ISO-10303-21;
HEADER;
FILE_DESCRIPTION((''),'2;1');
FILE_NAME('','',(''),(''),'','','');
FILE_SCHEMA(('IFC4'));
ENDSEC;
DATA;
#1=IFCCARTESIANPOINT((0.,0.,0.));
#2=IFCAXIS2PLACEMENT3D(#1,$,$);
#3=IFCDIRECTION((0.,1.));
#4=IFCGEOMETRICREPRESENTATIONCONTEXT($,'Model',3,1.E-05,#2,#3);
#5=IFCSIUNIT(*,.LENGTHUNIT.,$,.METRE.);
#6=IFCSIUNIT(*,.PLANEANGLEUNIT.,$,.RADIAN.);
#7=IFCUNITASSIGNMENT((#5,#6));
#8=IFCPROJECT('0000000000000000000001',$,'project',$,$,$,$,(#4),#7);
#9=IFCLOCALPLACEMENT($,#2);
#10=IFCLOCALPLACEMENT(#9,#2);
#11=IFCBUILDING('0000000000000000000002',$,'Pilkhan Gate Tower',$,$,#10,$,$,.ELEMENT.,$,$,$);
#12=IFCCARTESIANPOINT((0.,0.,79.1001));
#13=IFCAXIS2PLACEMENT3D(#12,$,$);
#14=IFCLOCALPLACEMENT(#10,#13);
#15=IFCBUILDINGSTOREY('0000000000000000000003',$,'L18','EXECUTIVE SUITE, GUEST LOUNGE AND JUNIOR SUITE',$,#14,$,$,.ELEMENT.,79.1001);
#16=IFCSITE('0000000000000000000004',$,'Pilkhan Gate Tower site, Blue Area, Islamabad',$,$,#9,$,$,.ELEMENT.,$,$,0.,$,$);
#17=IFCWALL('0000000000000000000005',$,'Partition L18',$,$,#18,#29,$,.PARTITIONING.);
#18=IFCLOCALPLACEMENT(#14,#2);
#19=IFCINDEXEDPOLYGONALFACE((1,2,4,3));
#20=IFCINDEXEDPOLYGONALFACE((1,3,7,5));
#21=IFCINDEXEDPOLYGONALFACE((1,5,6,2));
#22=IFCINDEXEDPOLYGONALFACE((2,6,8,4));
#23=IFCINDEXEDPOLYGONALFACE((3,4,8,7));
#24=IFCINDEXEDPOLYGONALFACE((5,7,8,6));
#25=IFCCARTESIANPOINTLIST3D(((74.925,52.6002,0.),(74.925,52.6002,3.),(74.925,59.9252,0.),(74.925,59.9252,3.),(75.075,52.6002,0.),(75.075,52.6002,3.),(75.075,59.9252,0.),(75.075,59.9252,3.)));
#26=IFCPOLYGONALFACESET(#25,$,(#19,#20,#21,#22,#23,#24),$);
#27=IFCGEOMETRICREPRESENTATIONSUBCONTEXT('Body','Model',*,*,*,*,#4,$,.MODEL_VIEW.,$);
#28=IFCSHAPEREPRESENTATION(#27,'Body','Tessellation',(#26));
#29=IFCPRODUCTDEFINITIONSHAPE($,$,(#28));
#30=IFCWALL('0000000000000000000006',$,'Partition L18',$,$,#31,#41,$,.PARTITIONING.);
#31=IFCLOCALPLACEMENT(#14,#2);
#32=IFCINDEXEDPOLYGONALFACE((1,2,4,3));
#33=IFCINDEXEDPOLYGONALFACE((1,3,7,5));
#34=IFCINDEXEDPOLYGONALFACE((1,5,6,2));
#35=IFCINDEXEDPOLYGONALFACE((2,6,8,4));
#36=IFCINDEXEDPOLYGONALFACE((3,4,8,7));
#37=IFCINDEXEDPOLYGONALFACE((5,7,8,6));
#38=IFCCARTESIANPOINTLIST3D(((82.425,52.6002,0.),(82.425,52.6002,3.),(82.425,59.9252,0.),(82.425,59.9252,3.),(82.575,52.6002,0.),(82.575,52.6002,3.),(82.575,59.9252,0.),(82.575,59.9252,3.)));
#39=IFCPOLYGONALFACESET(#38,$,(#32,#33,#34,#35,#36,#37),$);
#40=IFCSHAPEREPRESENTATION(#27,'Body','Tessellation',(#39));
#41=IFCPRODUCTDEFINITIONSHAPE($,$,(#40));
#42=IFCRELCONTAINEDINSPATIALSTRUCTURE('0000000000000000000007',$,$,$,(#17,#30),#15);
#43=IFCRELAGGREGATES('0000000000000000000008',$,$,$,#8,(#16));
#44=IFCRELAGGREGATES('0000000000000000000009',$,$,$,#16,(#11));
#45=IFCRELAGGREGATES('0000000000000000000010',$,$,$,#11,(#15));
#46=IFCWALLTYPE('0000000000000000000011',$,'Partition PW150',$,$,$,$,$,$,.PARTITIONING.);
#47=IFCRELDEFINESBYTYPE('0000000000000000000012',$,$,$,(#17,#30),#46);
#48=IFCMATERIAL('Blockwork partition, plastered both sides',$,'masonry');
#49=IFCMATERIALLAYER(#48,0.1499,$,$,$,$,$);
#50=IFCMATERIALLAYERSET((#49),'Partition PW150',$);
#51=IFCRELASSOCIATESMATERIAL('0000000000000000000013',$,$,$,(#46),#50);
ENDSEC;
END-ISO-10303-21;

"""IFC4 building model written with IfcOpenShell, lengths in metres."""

from ifc_helpers import new_model, si_unit, direction, frame, frame_2d, origin, place, context, subcontext, project, spatial, rectangle, extrude, material, layer, layer_set, type_object, element, save


model = new_model("IFC4")

# Units and contexts
model_context = context("Model", 3, precision=1e-05, world=origin(), true_north=direction((0.0, 1.0)))
body_context = subcontext(model_context, "Body", "Model", "MODEL_VIEW")
ifc_project = project(units=[si_unit("LENGTHUNIT", "METRE"), si_unit("PLANEANGLEUNIT", "RADIAN")], contexts=[model_context])

# Site, building, storey
site_placement = place(None, origin())
site = spatial("IfcSite", under=ifc_project, at=site_placement, Name="Pilkhan Gate Tower site, Blue Area, Islamabad", CompositionType="ELEMENT", RefElevation=0.0)
building_placement = place(site_placement, origin())
building = spatial("IfcBuilding", under=site, at=building_placement, Name="Pilkhan Gate Tower", CompositionType="ELEMENT")
storey_placement = place(building_placement, frame((0.0, 0.0, 79.1001)))
storey = spatial("IfcBuildingStorey", under=building, at=storey_placement, Name="L18", Description="EXECUTIVE SUITE, GUEST LOUNGE AND JUNIOR SUITE", CompositionType="ELEMENT", Elevation=79.1001)

# Walls
ifc_material_1 = material(Name="Blockwork partition, plastered both sides", Category="masonry")
ifc_layer_1 = layer(ifc_material_1, 0.1499)
ifc_layer_set_1 = layer_set([ifc_layer_1], Name="Partition PW150")
wall_type_1 = type_object("IfcWallType", Name="Partition PW150", PredefinedType="PARTITIONING", material=ifc_layer_set_1)
for number, where, z_axis, x_axis, name in (
    (1, (75.0, 52.6001, 0.0), (0.0, 0.0, 1.0), (0.0, 1.0, 0.0), "Partition L18"),
    (2, (82.5, 52.6001, 0.0), (0.0, 0.0, 1.0), (0.0, 1.0, 0.0), "Partition L18"),
):
    element("IfcWall", number, at=place(storey_placement, frame(where, z_axis=z_axis, x_axis=x_axis)), inside=storey, type_object=wall_type_1, Name=name, PredefinedType="PARTITIONING", context=body_context, shape_type="SweptSolid", body=[
        extrude(rectangle(XDim=7.325, YDim=0.1499, at=frame_2d((3.6626, 0.0))), origin(), (0.0, 0.0, 1.0), 3.0),
    ])

save(model, "model.ifc")
